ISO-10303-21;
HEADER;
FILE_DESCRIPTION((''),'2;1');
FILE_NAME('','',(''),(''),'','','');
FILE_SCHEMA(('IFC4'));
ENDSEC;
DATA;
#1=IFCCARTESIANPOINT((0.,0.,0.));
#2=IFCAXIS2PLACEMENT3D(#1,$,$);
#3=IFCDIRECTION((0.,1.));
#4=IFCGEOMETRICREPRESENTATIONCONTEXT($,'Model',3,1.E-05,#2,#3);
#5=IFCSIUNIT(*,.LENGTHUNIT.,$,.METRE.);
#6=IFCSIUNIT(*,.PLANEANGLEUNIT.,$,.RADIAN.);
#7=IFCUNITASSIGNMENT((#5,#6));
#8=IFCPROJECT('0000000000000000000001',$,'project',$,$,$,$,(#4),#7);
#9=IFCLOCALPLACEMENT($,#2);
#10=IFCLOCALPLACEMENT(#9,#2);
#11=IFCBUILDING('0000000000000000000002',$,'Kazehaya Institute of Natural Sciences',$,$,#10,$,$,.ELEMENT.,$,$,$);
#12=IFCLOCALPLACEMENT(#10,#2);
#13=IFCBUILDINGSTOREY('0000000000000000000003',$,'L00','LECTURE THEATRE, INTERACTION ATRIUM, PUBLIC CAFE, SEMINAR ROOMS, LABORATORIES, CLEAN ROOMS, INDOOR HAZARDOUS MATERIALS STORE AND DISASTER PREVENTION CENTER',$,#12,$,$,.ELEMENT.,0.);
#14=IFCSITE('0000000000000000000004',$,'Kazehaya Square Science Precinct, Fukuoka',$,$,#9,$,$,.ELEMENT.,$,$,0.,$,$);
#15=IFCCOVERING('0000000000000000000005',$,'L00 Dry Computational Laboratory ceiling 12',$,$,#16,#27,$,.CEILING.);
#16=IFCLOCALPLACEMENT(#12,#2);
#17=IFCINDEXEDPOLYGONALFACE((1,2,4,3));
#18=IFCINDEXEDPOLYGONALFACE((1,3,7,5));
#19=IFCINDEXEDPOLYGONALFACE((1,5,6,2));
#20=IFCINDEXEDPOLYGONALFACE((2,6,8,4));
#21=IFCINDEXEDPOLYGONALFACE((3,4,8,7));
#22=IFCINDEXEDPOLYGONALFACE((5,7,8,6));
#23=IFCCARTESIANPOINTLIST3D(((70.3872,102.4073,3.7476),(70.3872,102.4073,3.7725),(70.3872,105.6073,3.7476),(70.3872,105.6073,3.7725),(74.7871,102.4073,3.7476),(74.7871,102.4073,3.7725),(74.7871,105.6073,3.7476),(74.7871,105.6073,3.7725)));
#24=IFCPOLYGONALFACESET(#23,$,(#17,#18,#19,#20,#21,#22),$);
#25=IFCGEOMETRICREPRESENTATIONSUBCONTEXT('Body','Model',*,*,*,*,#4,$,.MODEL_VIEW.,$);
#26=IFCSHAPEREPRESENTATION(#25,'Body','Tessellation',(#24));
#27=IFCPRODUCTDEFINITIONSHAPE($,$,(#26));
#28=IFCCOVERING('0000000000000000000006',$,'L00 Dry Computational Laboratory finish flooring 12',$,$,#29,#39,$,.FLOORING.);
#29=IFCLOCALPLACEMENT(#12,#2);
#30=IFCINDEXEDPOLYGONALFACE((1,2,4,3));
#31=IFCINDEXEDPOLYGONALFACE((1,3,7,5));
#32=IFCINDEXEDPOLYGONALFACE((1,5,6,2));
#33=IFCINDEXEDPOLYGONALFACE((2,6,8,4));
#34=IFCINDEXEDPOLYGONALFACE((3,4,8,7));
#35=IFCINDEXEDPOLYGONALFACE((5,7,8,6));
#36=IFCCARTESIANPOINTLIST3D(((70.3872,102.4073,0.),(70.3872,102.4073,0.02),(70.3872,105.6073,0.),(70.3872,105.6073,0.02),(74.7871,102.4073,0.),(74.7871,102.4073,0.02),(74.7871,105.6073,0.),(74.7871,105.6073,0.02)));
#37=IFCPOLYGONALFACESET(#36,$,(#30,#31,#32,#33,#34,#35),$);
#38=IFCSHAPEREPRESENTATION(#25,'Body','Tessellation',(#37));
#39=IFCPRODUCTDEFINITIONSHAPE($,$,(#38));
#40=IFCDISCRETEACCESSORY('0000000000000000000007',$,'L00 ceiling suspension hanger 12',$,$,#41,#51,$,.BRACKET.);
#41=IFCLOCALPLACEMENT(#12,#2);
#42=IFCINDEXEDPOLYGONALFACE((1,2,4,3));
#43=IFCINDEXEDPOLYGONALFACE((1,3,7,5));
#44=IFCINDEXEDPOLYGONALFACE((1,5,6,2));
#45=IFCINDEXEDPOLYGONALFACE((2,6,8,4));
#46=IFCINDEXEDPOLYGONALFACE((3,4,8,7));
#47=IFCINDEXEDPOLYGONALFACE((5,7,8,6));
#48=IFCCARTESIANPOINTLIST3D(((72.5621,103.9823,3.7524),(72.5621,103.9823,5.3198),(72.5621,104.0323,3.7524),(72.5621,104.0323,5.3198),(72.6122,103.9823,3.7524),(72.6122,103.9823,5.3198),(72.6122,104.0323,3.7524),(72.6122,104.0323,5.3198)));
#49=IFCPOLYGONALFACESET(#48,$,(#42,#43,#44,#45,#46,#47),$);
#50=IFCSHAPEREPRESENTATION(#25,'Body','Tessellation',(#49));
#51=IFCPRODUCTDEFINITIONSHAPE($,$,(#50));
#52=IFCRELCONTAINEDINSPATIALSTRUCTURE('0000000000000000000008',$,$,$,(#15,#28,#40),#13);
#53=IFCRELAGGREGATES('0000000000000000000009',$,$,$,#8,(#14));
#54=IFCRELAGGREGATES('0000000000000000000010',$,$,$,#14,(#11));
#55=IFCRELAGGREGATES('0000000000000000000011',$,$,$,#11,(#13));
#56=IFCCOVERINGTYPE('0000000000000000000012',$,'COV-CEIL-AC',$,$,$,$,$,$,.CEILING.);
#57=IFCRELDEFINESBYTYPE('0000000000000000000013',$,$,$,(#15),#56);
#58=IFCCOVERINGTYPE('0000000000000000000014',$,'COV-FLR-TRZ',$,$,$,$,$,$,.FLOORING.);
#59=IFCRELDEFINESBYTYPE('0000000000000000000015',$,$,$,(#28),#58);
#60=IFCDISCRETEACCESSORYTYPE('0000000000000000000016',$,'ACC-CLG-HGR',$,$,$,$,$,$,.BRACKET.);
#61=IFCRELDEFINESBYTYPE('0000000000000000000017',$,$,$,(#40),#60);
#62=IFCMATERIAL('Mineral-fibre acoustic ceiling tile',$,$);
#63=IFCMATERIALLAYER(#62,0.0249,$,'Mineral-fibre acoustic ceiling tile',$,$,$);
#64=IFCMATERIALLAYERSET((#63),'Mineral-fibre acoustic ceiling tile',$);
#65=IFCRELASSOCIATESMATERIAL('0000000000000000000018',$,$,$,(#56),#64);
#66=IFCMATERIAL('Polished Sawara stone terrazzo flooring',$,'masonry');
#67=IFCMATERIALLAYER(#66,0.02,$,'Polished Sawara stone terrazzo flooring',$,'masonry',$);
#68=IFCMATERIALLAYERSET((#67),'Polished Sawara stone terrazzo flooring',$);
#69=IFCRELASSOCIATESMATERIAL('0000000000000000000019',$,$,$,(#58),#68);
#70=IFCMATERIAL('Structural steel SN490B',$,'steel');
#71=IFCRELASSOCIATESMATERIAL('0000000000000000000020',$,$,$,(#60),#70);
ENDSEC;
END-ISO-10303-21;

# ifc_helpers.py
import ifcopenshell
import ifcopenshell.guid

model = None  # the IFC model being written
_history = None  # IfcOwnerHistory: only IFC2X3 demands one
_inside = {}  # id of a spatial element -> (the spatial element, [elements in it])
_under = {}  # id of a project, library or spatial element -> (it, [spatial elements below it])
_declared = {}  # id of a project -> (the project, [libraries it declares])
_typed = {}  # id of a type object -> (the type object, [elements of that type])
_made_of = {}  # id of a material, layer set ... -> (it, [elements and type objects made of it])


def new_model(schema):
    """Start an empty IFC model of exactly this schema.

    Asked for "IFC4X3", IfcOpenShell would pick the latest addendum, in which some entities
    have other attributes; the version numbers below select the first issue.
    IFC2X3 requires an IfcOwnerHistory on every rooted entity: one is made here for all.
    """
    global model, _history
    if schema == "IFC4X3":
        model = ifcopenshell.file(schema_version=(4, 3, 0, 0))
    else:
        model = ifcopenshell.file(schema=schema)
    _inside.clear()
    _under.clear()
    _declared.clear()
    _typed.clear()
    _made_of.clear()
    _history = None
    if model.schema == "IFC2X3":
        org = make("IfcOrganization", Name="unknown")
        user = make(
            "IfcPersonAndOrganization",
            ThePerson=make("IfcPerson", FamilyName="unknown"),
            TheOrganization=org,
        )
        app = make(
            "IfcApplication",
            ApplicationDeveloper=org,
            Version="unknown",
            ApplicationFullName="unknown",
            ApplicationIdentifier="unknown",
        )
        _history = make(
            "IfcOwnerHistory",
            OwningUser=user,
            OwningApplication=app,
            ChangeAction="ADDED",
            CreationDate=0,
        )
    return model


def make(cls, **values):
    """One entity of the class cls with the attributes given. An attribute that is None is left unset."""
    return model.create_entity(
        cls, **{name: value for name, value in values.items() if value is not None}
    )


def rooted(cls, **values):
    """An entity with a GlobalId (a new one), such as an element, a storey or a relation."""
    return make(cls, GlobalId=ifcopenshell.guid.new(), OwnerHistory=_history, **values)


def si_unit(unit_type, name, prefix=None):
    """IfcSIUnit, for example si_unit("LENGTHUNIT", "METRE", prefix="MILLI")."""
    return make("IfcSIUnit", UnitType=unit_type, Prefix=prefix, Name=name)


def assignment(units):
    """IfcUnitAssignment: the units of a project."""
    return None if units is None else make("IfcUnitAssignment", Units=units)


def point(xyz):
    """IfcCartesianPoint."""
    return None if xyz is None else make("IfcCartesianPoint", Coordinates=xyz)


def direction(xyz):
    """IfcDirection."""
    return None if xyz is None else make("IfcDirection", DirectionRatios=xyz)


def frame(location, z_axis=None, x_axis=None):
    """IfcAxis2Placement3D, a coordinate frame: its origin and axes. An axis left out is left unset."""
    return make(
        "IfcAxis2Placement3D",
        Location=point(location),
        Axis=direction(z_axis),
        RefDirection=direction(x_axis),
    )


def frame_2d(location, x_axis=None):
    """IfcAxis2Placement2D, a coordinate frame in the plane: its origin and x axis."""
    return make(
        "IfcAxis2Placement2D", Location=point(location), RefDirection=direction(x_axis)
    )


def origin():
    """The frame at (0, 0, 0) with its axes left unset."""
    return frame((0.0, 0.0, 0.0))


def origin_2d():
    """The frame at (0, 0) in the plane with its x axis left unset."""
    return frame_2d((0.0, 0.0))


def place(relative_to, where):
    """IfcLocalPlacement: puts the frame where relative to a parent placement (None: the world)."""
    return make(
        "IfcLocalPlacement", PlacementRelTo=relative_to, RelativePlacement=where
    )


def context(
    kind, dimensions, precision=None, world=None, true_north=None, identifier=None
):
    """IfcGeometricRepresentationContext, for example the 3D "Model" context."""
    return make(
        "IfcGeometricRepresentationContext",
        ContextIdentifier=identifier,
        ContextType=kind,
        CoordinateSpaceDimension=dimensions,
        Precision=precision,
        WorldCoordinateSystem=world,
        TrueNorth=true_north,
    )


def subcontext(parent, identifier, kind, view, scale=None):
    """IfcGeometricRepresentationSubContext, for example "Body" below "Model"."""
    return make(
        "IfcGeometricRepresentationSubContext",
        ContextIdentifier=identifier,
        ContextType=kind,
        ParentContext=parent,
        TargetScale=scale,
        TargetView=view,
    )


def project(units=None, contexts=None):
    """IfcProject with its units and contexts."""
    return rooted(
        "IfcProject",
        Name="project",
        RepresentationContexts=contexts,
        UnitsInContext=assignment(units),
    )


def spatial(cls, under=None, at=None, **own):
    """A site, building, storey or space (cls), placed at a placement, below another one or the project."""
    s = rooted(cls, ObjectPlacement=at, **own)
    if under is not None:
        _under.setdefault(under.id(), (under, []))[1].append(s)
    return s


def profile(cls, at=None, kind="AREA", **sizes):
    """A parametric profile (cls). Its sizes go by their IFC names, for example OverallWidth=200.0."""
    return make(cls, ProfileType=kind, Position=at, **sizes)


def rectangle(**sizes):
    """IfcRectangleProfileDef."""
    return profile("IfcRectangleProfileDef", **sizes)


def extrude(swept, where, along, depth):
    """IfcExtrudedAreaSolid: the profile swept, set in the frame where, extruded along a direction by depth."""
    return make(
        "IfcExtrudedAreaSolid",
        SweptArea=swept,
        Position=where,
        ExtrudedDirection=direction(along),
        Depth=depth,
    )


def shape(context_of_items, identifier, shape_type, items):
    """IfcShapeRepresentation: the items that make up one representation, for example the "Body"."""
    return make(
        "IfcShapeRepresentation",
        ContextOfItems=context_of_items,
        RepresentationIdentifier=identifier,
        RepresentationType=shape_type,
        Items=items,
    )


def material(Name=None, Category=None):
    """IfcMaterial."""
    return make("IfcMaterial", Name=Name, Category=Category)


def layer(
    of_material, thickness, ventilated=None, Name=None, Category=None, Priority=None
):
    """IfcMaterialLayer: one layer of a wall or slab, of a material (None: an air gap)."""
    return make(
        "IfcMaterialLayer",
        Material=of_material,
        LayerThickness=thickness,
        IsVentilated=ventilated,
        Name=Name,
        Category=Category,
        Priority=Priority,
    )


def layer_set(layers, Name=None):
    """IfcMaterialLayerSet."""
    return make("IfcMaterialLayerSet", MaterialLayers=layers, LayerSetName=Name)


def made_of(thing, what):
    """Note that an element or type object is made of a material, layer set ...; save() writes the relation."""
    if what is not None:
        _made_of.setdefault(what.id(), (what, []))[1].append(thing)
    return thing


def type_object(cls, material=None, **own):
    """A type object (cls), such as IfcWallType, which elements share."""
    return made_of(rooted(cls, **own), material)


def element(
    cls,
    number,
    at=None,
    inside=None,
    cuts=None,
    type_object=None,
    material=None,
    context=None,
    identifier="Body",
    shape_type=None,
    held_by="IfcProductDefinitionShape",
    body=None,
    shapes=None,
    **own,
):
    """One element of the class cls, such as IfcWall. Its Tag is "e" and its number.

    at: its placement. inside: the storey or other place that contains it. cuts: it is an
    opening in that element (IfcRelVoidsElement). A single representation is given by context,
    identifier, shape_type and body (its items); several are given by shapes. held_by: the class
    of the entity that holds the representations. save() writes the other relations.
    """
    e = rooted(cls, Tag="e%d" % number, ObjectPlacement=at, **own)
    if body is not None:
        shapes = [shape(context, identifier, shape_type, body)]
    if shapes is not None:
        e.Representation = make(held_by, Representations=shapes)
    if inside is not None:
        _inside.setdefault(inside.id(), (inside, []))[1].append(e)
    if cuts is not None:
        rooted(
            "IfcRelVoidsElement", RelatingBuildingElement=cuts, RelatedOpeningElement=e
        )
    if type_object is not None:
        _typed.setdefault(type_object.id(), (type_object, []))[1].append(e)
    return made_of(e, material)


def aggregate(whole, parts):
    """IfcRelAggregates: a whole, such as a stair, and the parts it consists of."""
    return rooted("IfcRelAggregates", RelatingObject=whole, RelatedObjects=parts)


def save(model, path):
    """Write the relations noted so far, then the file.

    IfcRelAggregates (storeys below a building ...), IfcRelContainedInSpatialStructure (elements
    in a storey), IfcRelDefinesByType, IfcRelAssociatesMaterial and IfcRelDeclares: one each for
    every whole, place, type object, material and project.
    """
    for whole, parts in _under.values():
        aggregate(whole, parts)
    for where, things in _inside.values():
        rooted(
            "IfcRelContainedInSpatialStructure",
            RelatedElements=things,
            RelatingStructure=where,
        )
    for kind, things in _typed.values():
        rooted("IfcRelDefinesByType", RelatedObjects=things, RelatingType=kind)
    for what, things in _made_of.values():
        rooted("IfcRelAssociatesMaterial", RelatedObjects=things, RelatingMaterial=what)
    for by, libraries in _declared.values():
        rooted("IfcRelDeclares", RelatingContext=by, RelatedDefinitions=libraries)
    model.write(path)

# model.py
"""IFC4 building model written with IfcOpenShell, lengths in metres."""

from ifc_helpers import new_model, si_unit, direction, frame, origin, origin_2d, place, context, subcontext, project, spatial, rectangle, extrude, material, layer, layer_set, type_object, element, save


model = new_model("IFC4")

# Units and contexts
model_context = context("Model", 3, precision=1e-05, world=origin(), true_north=direction((0.0, 1.0)))
body_context = subcontext(model_context, "Body", "Model", "MODEL_VIEW")
ifc_project = project(units=[si_unit("LENGTHUNIT", "METRE"), si_unit("PLANEANGLEUNIT", "RADIAN")], contexts=[model_context])

# Site, building, storey
site_placement = place(None, origin())
site = spatial("IfcSite", under=ifc_project, at=site_placement, Name="Kazehaya Square Science Precinct, Fukuoka", CompositionType="ELEMENT", RefElevation=0.0)
building_placement = place(site_placement, origin())
building = spatial("IfcBuilding", under=site, at=building_placement, Name="Kazehaya Institute of Natural Sciences", CompositionType="ELEMENT")
storey_placement = place(building_placement, origin())
storey = spatial("IfcBuildingStorey", under=building, at=storey_placement, Name="L00", Description="LECTURE THEATRE, INTERACTION ATRIUM, PUBLIC CAFE, SEMINAR ROOMS, LABORATORIES, CLEAN ROOMS, INDOOR HAZARDOUS MATERIALS STORE AND DISASTER PREVENTION CENTER", CompositionType="ELEMENT", Elevation=0.0)

# Coverings
ifc_material_1 = material(Name="Mineral-fibre acoustic ceiling tile")
ifc_layer_1 = layer(ifc_material_1, 0.0249, Name="Mineral-fibre acoustic ceiling tile")
ifc_layer_set_1 = layer_set([ifc_layer_1], Name="Mineral-fibre acoustic ceiling tile")
covering_type_1 = type_object("IfcCoveringType", Name="COV-CEIL-AC", PredefinedType="CEILING", material=ifc_layer_set_1)
covering_1_placement = place(storey_placement, frame((72.5872, 104.0073, 3.7476), z_axis=(0.0, 0.0, 1.0), x_axis=(1.0, 0.0, 0.0)))
element("IfcCovering", 1, at=covering_1_placement, inside=storey, type_object=covering_type_1, Name="L00 Dry Computational Laboratory ceiling 12", PredefinedType="CEILING", context=body_context, shape_type="SweptSolid", body=[
    extrude(rectangle(XDim=4.3999, YDim=3.2, at=origin_2d()), origin(), (0.0, 0.0, 1.0), 0.0249),
])
ifc_material_2 = material(Name="Polished Sawara stone terrazzo flooring", Category="masonry")
ifc_layer_2 = layer(ifc_material_2, 0.02, Name="Polished Sawara stone terrazzo flooring", Category="masonry")
ifc_layer_set_2 = layer_set([ifc_layer_2], Name="Polished Sawara stone terrazzo flooring")
covering_type_2 = type_object("IfcCoveringType", Name="COV-FLR-TRZ", PredefinedType="FLOORING", material=ifc_layer_set_2)
covering_2_placement = place(storey_placement, frame((72.5872, 104.0073, 0.0), z_axis=(0.0, 0.0, 1.0), x_axis=(1.0, 0.0, 0.0)))
element("IfcCovering", 2, at=covering_2_placement, inside=storey, type_object=covering_type_2, Name="L00 Dry Computational Laboratory finish flooring 12", PredefinedType="FLOORING", context=body_context, shape_type="SweptSolid", body=[
    extrude(rectangle(XDim=4.3999, YDim=3.2, at=origin_2d()), origin(), (0.0, 0.0, 1.0), 0.02),
])

# Discrete accessory
ifc_material_3 = material(Name="Structural steel SN490B", Category="steel")
discrete_accessory_type = type_object("IfcDiscreteAccessoryType", Name="ACC-CLG-HGR", PredefinedType="BRACKET", material=ifc_material_3)
discrete_accessory_placement = place(storey_placement, frame((72.5872, 104.0073, 3.7524), z_axis=(0.0, 0.0, 1.0), x_axis=(1.0, 0.0, 0.0)))
element("IfcDiscreteAccessory", 3, at=discrete_accessory_placement, inside=storey, type_object=discrete_accessory_type, Name="L00 ceiling suspension hanger 12", PredefinedType="BRACKET", context=body_context, shape_type="SweptSolid", body=[
    extrude(rectangle(XDim=0.05, YDim=0.05, at=origin_2d()), origin(), (0.0, 0.0, 1.0), 1.5674),
])

save(model, "model.ifc")
